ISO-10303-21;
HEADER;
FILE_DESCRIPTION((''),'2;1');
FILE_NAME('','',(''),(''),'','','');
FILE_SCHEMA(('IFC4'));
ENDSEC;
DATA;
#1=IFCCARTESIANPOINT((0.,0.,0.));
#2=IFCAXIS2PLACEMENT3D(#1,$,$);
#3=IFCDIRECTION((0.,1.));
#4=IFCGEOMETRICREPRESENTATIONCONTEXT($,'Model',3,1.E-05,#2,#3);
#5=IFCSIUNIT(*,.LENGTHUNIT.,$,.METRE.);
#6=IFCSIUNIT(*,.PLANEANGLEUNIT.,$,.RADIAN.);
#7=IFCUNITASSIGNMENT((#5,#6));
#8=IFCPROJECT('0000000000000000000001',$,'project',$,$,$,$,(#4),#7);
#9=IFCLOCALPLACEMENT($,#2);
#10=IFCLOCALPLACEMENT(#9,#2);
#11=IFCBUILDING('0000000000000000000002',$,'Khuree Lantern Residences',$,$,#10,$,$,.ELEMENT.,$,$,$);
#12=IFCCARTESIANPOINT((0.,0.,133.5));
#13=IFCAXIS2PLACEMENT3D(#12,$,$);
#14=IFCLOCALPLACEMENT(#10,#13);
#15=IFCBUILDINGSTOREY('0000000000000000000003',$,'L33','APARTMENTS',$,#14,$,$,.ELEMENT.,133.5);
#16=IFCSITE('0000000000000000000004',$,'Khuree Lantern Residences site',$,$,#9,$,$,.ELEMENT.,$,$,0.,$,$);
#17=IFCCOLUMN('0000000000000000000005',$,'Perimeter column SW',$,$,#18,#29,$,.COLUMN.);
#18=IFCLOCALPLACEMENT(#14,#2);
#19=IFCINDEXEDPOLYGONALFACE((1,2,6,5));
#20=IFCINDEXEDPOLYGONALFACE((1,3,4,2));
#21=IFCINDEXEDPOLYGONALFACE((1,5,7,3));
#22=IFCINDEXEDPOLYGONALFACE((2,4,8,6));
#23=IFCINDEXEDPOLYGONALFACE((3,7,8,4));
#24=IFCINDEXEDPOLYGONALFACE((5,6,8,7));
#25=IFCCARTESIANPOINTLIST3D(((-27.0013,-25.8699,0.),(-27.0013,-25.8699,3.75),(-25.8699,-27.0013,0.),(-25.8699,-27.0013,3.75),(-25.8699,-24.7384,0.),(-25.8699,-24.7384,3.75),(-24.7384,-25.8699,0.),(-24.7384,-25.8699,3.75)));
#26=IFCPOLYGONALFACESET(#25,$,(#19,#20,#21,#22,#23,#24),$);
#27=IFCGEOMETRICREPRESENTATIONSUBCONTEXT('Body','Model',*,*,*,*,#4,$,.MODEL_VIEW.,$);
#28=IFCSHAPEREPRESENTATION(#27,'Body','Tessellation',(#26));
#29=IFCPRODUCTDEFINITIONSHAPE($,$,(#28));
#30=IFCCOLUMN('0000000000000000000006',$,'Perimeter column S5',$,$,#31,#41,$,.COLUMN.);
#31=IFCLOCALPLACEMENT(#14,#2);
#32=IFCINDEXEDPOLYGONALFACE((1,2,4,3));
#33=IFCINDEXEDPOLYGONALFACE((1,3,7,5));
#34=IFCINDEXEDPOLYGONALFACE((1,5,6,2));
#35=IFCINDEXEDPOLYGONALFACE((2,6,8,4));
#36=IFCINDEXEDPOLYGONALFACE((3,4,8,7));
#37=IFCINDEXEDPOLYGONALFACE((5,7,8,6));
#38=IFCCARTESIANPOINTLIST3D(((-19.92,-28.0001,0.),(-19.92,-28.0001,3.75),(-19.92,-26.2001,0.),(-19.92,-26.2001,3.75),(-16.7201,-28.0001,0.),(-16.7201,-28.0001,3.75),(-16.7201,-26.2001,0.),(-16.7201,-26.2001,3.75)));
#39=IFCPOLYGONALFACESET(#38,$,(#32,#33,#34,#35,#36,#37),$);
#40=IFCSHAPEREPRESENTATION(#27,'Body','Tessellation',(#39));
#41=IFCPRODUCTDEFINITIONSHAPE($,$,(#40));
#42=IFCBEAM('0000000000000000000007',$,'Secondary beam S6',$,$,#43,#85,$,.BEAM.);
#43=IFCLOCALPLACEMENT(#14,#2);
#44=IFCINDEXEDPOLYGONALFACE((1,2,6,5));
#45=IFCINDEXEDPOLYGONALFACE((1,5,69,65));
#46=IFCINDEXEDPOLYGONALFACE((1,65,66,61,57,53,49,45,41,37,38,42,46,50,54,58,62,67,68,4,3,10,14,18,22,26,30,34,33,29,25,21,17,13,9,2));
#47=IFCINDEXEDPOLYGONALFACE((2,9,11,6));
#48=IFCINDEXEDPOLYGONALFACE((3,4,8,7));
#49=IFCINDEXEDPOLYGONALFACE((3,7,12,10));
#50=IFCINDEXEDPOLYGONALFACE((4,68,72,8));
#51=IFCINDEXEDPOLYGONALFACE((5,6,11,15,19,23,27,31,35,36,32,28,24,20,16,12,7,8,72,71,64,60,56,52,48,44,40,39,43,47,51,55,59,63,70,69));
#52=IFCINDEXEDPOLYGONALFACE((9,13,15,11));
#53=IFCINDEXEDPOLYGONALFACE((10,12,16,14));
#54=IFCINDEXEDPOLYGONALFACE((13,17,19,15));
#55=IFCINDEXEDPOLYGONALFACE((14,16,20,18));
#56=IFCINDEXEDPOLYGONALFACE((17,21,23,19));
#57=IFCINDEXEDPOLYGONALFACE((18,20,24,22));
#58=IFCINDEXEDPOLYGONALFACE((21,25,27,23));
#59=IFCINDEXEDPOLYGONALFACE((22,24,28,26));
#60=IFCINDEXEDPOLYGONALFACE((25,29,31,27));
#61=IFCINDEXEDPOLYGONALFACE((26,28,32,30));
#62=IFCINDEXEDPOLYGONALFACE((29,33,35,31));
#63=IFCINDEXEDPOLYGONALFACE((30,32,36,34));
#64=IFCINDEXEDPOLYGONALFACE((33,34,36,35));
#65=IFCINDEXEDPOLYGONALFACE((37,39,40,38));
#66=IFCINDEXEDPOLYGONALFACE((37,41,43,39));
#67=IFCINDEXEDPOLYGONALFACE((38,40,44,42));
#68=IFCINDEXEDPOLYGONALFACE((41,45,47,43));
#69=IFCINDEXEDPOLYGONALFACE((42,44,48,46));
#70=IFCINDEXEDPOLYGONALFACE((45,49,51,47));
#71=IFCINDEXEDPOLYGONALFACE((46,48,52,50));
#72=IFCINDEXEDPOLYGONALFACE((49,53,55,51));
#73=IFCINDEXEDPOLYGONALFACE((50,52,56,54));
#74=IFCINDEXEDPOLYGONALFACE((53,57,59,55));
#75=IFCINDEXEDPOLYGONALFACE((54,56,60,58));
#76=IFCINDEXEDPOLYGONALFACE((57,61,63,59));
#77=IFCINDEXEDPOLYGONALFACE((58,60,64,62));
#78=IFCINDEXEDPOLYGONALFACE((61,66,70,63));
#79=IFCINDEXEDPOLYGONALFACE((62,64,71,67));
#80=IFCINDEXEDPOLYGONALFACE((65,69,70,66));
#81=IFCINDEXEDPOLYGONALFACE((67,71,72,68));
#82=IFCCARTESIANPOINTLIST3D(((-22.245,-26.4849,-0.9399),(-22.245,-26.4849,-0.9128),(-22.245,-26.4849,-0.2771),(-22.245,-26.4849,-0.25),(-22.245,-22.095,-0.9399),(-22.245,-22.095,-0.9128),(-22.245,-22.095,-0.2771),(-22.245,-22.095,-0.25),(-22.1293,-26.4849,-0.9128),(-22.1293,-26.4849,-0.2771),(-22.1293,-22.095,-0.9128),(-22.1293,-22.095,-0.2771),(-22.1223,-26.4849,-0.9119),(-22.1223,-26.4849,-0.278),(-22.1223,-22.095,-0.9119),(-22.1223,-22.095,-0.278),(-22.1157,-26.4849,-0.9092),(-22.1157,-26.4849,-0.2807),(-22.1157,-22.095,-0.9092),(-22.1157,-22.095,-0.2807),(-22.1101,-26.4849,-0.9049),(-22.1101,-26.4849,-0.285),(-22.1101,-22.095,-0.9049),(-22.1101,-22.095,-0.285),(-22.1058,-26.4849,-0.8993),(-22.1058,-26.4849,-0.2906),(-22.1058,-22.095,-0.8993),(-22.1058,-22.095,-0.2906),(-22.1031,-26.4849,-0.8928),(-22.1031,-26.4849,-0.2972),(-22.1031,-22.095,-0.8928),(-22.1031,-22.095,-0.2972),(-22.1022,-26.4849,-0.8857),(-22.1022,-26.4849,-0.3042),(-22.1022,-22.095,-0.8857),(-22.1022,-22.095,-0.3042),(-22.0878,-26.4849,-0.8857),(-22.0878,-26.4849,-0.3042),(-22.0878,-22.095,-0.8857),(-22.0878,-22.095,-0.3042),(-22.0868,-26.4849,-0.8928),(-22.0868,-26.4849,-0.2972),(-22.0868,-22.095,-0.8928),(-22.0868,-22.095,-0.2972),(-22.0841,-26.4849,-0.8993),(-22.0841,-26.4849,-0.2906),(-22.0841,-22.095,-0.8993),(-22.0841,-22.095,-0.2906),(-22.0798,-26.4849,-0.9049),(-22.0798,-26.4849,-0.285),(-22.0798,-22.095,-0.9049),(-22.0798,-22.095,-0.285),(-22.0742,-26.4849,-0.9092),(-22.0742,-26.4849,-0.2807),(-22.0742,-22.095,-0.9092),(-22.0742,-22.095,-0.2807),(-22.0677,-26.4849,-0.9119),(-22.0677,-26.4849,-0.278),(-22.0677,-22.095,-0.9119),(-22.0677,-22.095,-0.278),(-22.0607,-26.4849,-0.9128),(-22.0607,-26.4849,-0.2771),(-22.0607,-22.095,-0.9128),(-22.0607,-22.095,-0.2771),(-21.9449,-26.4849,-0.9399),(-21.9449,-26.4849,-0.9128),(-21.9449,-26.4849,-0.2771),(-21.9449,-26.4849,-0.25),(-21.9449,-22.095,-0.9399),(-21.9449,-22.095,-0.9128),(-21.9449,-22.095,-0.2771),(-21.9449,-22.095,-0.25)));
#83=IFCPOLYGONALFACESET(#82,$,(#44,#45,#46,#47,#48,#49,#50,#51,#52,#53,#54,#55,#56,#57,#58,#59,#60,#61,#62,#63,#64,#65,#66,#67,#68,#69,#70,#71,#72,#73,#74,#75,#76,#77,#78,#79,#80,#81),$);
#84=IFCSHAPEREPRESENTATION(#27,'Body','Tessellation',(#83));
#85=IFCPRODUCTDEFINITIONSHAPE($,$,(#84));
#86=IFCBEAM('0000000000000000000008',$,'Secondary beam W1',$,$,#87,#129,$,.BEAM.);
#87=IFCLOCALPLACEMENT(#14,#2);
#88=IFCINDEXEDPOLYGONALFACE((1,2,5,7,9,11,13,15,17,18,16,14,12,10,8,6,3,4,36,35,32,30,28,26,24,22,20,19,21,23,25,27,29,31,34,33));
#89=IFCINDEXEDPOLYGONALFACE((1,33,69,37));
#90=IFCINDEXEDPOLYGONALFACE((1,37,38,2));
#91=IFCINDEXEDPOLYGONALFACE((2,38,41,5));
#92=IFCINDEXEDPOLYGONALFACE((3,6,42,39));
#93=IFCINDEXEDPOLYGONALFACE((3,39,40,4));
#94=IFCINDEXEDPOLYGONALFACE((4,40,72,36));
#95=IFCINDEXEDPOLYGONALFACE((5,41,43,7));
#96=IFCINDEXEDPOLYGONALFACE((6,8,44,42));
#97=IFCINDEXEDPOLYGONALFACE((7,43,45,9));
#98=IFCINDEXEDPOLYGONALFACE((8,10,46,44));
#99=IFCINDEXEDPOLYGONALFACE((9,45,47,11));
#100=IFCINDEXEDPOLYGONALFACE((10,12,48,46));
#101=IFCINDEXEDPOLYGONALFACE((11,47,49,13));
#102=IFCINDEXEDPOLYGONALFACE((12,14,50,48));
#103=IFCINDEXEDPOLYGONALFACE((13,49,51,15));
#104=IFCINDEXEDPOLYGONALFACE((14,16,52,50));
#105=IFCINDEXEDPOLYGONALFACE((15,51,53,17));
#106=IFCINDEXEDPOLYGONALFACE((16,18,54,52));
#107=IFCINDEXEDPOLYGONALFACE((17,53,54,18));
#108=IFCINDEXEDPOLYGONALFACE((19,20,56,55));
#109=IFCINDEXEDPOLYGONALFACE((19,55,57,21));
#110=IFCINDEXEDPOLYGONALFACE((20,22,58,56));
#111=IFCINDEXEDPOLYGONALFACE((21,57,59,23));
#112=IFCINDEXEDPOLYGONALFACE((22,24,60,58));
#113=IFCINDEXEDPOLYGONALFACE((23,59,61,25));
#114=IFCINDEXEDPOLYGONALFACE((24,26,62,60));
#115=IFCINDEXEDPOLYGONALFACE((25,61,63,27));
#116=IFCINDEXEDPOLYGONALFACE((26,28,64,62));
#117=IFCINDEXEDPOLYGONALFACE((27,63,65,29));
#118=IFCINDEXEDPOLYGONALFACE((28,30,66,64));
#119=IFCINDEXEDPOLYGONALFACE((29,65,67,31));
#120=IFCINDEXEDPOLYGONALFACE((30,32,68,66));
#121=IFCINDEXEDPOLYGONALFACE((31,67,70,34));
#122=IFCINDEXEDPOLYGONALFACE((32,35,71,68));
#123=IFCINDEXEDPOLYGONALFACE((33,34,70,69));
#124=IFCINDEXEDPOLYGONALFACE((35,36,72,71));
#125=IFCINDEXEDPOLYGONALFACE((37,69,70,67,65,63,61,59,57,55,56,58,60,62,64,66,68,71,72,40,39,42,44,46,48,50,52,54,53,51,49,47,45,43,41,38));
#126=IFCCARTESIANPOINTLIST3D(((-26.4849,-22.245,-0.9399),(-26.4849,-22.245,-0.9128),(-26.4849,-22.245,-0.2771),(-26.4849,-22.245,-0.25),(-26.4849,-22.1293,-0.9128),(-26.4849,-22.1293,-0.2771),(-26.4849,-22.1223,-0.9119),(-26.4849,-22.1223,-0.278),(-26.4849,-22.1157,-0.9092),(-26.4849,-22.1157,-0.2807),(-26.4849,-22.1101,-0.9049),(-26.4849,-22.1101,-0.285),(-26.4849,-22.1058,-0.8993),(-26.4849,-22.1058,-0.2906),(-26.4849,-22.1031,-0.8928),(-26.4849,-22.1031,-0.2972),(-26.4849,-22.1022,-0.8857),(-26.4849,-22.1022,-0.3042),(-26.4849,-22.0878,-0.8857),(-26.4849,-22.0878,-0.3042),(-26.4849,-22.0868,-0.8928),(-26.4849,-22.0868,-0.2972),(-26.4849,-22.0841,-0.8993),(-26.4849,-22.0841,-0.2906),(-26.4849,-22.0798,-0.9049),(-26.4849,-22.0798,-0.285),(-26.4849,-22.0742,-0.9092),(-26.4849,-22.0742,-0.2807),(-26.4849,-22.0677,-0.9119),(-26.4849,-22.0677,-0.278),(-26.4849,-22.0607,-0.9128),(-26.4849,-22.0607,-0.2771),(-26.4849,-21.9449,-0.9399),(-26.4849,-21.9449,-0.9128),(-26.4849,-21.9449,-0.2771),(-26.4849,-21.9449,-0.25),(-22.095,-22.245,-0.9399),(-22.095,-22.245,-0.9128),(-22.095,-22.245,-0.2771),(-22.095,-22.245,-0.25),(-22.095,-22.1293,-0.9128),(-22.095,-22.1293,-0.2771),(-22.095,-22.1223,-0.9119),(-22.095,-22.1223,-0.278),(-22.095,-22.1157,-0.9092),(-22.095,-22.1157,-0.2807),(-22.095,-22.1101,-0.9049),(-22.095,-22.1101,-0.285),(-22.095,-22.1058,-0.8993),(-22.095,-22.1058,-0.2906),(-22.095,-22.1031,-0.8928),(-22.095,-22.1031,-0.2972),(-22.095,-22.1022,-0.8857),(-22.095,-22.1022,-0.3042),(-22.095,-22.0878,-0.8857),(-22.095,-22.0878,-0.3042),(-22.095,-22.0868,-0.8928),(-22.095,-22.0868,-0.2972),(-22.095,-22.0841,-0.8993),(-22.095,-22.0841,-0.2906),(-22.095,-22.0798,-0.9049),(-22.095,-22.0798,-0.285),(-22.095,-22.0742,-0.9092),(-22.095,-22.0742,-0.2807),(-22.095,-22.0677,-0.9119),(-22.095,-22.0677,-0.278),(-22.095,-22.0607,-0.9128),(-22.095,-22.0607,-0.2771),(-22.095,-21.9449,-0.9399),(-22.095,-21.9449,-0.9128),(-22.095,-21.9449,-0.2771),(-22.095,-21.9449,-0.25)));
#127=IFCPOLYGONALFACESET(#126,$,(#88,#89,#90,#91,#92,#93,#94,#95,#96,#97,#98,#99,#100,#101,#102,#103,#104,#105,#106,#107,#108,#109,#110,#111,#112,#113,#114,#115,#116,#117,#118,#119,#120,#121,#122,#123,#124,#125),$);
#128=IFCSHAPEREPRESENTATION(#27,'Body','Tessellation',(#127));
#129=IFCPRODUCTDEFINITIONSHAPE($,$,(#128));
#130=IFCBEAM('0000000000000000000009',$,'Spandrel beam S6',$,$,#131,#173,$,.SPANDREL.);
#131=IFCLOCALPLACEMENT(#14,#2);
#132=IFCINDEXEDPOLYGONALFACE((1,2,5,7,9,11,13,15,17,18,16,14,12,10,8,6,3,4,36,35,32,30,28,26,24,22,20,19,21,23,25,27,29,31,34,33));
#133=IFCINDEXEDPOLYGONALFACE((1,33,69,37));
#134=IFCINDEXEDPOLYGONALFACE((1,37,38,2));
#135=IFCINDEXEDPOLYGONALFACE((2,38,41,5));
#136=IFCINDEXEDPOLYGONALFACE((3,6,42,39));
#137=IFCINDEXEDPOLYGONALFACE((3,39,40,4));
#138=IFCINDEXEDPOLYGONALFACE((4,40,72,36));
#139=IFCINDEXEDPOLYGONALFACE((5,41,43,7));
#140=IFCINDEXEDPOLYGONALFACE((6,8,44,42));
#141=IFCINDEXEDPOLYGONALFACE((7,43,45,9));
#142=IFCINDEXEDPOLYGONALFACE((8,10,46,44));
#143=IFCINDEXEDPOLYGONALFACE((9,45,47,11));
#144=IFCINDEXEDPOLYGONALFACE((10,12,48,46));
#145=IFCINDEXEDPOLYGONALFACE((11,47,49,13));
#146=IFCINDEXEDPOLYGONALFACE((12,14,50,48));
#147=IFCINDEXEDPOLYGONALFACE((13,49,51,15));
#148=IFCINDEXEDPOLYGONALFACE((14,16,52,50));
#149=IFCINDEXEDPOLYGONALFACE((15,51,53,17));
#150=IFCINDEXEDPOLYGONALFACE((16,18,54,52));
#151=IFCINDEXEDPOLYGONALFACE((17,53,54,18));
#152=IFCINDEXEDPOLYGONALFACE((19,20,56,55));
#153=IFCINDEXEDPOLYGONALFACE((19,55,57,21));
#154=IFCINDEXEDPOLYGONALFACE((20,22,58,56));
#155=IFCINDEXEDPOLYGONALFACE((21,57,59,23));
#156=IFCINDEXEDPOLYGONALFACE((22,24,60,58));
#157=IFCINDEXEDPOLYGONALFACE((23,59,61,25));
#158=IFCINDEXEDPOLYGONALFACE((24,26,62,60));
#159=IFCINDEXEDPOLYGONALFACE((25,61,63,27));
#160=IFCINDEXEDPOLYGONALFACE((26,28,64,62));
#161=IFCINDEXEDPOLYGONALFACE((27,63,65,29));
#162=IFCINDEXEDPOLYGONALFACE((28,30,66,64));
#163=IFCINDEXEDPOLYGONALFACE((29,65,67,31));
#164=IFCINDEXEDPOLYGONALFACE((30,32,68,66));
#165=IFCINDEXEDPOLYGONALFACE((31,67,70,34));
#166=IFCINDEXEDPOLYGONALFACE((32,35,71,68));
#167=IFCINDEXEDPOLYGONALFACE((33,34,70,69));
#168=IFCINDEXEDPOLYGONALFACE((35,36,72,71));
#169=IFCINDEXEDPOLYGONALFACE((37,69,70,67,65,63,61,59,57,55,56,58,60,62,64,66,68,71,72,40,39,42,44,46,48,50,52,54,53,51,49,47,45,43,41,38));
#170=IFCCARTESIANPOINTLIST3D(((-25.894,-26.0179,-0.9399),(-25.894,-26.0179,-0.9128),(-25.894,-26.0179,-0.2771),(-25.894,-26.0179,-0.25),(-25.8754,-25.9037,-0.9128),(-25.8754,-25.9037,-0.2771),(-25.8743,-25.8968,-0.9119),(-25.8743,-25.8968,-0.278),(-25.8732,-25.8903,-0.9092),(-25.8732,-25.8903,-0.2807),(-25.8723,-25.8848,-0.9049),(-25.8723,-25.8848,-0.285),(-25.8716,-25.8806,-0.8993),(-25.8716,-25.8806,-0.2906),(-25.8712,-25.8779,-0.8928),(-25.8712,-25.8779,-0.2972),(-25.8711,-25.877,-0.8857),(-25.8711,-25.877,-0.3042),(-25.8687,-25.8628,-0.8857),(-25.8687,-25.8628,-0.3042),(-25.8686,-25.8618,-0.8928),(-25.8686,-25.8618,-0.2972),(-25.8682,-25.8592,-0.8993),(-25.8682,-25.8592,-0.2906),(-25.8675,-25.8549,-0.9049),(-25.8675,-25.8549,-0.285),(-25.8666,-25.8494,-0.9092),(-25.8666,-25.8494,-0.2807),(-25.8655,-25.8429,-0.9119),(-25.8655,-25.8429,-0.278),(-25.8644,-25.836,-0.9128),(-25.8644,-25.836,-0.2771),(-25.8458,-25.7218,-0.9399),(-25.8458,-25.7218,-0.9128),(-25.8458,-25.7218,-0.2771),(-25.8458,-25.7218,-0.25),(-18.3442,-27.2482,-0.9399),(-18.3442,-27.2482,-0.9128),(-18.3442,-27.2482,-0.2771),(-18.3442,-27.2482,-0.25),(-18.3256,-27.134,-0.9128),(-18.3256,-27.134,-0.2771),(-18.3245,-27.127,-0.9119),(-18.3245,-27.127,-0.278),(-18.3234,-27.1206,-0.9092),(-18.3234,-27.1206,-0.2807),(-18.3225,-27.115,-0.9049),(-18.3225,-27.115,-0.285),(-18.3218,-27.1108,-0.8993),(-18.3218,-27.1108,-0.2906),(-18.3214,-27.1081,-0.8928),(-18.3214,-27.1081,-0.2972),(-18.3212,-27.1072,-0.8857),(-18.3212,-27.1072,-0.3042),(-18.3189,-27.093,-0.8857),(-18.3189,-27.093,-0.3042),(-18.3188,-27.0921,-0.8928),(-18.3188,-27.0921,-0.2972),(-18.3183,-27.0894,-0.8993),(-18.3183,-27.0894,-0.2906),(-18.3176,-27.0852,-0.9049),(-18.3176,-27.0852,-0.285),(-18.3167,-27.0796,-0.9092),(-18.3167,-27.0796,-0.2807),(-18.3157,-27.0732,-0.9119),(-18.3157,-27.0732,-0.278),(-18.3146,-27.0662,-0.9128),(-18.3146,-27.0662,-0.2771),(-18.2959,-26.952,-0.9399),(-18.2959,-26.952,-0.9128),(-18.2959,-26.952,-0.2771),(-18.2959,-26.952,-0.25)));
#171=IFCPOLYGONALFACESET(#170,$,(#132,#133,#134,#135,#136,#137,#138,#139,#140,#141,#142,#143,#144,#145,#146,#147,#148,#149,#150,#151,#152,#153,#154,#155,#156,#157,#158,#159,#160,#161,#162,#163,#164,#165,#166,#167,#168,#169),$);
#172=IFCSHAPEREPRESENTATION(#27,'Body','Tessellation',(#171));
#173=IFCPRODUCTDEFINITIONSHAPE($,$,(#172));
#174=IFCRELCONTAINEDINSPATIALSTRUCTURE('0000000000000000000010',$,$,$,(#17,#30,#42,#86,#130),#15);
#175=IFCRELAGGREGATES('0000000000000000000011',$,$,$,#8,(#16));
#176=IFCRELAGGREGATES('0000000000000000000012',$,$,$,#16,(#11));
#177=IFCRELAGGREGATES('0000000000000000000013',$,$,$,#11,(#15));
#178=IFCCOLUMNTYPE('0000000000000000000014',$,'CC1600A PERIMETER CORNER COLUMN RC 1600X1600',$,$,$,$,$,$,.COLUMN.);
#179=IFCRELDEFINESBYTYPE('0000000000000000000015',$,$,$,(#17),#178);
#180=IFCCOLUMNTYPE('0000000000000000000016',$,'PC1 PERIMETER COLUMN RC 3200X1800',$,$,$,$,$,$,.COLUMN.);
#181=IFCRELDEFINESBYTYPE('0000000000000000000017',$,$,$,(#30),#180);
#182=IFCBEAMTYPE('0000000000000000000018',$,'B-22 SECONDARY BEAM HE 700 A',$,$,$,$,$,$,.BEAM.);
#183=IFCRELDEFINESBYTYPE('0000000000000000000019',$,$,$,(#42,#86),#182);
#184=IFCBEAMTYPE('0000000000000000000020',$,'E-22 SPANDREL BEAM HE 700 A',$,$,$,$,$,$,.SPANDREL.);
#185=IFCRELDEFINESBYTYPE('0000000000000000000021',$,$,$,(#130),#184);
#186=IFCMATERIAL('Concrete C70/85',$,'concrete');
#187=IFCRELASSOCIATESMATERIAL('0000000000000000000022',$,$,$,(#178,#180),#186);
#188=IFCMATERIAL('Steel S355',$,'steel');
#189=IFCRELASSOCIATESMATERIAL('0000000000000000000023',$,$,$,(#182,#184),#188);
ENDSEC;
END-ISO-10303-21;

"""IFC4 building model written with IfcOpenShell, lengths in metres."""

from ifc_helpers import new_model, si_unit, direction, frame, origin, origin_2d, place, context, subcontext, project, spatial, rectangle, i_section, extrude, material, material_profile, profile_set, type_object, element, save


model = new_model("IFC4")

# Units and contexts
model_context = context("Model", 3, precision=1e-05, world=origin(), true_north=direction((0.0, 1.0)))
body_context = subcontext(model_context, "Body", "Model", "MODEL_VIEW")
ifc_project = project(units=[si_unit("LENGTHUNIT", "METRE"), si_unit("PLANEANGLEUNIT", "RADIAN")], contexts=[model_context])

# Site, building, storey
site_placement = place(None, origin())
site = spatial("IfcSite", under=ifc_project, at=site_placement, Name="Khuree Lantern Residences site", CompositionType="ELEMENT", RefElevation=0.0)
building_placement = place(site_placement, origin())
building = spatial("IfcBuilding", under=site, at=building_placement, Name="Khuree Lantern Residences", CompositionType="ELEMENT")
storey_placement = place(building_placement, frame((0.0, 0.0, 133.5)))
storey = spatial("IfcBuildingStorey", under=building, at=storey_placement, Name="L33", Description="APARTMENTS", CompositionType="ELEMENT", Elevation=133.5)

# Columns
ifc_material_1 = material(Name="Concrete C70/85", Category="concrete")
ifc_material_profile_1 = material_profile(ifc_material_1, rectangle(XDim=1.6001, YDim=1.6001, at=origin_2d()), Name="RC 1600X1600")
ifc_profile_set_1 = profile_set([ifc_material_profile_1], Name="Concrete C70/85")
column_type_1 = type_object("IfcColumnType", Name="CC1600A PERIMETER CORNER COLUMN RC 1600X1600", PredefinedType="COLUMN", material=ifc_profile_set_1)
column_1_placement = place(storey_placement, frame((-25.8699, -25.8699, 0.0), z_axis=(0.0, 0.0, 1.0), x_axis=(0.707107, -0.707107, 0.0)))
element("IfcColumn", 1, at=column_1_placement, inside=storey, type_object=column_type_1, Name="Perimeter column SW", PredefinedType="COLUMN", context=body_context, shape_type="SweptSolid", body=[
    extrude(rectangle(XDim=1.6001, YDim=1.6001, at=origin_2d()), origin(), (0.0, 0.0, 1.0), 3.75),
])
ifc_material_profile_2 = material_profile(ifc_material_1, rectangle(XDim=3.2, YDim=1.8, at=origin_2d()), Name="RC 3200X1800")
ifc_profile_set_2 = profile_set([ifc_material_profile_2], Name="Concrete C70/85")
column_type_2 = type_object("IfcColumnType", Name="PC1 PERIMETER COLUMN RC 3200X1800", PredefinedType="COLUMN", material=ifc_profile_set_2)
column_2_placement = place(storey_placement, frame((-18.3201, -27.1001, 0.0), z_axis=(0.0, 0.0, 1.0), x_axis=(1.0, 0.0, 0.0)))
element("IfcColumn", 2, at=column_2_placement, inside=storey, type_object=column_type_2, Name="Perimeter column S5", PredefinedType="COLUMN", context=body_context, shape_type="SweptSolid", body=[
    extrude(rectangle(XDim=3.2, YDim=1.8, at=origin_2d()), origin(), (0.0, 0.0, 1.0), 3.75),
])

# Beams
ifc_material_2 = material(Name="Steel S355", Category="steel")
ifc_material_profile_3 = material_profile(ifc_material_2, i_section(OverallWidth=0.3, OverallDepth=0.6899, WebThickness=0.0144, FlangeThickness=0.0271, FilletRadius=0.0271, at=origin_2d()), Name="HE 700 A")
ifc_profile_set_3 = profile_set([ifc_material_profile_3], Name="Steel S355")
beam_type_1 = type_object("IfcBeamType", Name="B-22 SECONDARY BEAM HE 700 A", PredefinedType="BEAM", material=ifc_profile_set_3)
for number, where, z_axis, x_axis, name in (
    (3, (-22.095, -26.4849, -0.595), (0.0, 1.0, 0.0), (-1.0, 0.0, 0.0), "Secondary beam S6"),
    (4, (-26.4849, -22.095, -0.595), (1.0, 0.0, 0.0), (0.0, 1.0, 0.0), "Secondary beam W1"),
):
    element("IfcBeam", number, at=place(storey_placement, frame(where, z_axis=z_axis, x_axis=x_axis)), inside=storey, type_object=beam_type_1, Name=name, PredefinedType="BEAM", context=body_context, shape_type="SweptSolid", body=[
        extrude(i_section(OverallWidth=0.3, OverallDepth=0.6899, WebThickness=0.0144, FlangeThickness=0.0271, FilletRadius=0.0271, at=origin_2d()), origin(), (0.0, 0.0, 1.0), 4.3899),
    ])
ifc_material_profile_4 = material_profile(ifc_material_2, i_section(OverallWidth=0.3, OverallDepth=0.6899, WebThickness=0.0144, FlangeThickness=0.0271, FilletRadius=0.0271, at=origin_2d()), Name="HE 700 A")
ifc_profile_set_4 = profile_set([ifc_material_profile_4], Name="Steel S355")
beam_type_2 = type_object("IfcBeamType", Name="E-22 SPANDREL BEAM HE 700 A", PredefinedType="SPANDREL", material=ifc_profile_set_4)
for number, where, z_axis, x_axis, name in (
    (5, (-18.3201, -27.1001, -0.595), (-0.986983, 0.160827, 0.0), (-0.160827, -0.986983, 0.0), "Spandrel beam S6"),
):
    element("IfcBeam", number, at=place(storey_placement, frame(where, z_axis=z_axis, x_axis=x_axis)), inside=storey, type_object=beam_type_2, Name=name, PredefinedType="SPANDREL", context=body_context, shape_type="SweptSolid", body=[
        extrude(i_section(OverallWidth=0.3, OverallDepth=0.6899, WebThickness=0.0144, FlangeThickness=0.0271, FilletRadius=0.0271, at=origin_2d()), origin(), (0.0, 0.0, 1.0), 7.6494),
    ])

save(model, "model.ifc")
